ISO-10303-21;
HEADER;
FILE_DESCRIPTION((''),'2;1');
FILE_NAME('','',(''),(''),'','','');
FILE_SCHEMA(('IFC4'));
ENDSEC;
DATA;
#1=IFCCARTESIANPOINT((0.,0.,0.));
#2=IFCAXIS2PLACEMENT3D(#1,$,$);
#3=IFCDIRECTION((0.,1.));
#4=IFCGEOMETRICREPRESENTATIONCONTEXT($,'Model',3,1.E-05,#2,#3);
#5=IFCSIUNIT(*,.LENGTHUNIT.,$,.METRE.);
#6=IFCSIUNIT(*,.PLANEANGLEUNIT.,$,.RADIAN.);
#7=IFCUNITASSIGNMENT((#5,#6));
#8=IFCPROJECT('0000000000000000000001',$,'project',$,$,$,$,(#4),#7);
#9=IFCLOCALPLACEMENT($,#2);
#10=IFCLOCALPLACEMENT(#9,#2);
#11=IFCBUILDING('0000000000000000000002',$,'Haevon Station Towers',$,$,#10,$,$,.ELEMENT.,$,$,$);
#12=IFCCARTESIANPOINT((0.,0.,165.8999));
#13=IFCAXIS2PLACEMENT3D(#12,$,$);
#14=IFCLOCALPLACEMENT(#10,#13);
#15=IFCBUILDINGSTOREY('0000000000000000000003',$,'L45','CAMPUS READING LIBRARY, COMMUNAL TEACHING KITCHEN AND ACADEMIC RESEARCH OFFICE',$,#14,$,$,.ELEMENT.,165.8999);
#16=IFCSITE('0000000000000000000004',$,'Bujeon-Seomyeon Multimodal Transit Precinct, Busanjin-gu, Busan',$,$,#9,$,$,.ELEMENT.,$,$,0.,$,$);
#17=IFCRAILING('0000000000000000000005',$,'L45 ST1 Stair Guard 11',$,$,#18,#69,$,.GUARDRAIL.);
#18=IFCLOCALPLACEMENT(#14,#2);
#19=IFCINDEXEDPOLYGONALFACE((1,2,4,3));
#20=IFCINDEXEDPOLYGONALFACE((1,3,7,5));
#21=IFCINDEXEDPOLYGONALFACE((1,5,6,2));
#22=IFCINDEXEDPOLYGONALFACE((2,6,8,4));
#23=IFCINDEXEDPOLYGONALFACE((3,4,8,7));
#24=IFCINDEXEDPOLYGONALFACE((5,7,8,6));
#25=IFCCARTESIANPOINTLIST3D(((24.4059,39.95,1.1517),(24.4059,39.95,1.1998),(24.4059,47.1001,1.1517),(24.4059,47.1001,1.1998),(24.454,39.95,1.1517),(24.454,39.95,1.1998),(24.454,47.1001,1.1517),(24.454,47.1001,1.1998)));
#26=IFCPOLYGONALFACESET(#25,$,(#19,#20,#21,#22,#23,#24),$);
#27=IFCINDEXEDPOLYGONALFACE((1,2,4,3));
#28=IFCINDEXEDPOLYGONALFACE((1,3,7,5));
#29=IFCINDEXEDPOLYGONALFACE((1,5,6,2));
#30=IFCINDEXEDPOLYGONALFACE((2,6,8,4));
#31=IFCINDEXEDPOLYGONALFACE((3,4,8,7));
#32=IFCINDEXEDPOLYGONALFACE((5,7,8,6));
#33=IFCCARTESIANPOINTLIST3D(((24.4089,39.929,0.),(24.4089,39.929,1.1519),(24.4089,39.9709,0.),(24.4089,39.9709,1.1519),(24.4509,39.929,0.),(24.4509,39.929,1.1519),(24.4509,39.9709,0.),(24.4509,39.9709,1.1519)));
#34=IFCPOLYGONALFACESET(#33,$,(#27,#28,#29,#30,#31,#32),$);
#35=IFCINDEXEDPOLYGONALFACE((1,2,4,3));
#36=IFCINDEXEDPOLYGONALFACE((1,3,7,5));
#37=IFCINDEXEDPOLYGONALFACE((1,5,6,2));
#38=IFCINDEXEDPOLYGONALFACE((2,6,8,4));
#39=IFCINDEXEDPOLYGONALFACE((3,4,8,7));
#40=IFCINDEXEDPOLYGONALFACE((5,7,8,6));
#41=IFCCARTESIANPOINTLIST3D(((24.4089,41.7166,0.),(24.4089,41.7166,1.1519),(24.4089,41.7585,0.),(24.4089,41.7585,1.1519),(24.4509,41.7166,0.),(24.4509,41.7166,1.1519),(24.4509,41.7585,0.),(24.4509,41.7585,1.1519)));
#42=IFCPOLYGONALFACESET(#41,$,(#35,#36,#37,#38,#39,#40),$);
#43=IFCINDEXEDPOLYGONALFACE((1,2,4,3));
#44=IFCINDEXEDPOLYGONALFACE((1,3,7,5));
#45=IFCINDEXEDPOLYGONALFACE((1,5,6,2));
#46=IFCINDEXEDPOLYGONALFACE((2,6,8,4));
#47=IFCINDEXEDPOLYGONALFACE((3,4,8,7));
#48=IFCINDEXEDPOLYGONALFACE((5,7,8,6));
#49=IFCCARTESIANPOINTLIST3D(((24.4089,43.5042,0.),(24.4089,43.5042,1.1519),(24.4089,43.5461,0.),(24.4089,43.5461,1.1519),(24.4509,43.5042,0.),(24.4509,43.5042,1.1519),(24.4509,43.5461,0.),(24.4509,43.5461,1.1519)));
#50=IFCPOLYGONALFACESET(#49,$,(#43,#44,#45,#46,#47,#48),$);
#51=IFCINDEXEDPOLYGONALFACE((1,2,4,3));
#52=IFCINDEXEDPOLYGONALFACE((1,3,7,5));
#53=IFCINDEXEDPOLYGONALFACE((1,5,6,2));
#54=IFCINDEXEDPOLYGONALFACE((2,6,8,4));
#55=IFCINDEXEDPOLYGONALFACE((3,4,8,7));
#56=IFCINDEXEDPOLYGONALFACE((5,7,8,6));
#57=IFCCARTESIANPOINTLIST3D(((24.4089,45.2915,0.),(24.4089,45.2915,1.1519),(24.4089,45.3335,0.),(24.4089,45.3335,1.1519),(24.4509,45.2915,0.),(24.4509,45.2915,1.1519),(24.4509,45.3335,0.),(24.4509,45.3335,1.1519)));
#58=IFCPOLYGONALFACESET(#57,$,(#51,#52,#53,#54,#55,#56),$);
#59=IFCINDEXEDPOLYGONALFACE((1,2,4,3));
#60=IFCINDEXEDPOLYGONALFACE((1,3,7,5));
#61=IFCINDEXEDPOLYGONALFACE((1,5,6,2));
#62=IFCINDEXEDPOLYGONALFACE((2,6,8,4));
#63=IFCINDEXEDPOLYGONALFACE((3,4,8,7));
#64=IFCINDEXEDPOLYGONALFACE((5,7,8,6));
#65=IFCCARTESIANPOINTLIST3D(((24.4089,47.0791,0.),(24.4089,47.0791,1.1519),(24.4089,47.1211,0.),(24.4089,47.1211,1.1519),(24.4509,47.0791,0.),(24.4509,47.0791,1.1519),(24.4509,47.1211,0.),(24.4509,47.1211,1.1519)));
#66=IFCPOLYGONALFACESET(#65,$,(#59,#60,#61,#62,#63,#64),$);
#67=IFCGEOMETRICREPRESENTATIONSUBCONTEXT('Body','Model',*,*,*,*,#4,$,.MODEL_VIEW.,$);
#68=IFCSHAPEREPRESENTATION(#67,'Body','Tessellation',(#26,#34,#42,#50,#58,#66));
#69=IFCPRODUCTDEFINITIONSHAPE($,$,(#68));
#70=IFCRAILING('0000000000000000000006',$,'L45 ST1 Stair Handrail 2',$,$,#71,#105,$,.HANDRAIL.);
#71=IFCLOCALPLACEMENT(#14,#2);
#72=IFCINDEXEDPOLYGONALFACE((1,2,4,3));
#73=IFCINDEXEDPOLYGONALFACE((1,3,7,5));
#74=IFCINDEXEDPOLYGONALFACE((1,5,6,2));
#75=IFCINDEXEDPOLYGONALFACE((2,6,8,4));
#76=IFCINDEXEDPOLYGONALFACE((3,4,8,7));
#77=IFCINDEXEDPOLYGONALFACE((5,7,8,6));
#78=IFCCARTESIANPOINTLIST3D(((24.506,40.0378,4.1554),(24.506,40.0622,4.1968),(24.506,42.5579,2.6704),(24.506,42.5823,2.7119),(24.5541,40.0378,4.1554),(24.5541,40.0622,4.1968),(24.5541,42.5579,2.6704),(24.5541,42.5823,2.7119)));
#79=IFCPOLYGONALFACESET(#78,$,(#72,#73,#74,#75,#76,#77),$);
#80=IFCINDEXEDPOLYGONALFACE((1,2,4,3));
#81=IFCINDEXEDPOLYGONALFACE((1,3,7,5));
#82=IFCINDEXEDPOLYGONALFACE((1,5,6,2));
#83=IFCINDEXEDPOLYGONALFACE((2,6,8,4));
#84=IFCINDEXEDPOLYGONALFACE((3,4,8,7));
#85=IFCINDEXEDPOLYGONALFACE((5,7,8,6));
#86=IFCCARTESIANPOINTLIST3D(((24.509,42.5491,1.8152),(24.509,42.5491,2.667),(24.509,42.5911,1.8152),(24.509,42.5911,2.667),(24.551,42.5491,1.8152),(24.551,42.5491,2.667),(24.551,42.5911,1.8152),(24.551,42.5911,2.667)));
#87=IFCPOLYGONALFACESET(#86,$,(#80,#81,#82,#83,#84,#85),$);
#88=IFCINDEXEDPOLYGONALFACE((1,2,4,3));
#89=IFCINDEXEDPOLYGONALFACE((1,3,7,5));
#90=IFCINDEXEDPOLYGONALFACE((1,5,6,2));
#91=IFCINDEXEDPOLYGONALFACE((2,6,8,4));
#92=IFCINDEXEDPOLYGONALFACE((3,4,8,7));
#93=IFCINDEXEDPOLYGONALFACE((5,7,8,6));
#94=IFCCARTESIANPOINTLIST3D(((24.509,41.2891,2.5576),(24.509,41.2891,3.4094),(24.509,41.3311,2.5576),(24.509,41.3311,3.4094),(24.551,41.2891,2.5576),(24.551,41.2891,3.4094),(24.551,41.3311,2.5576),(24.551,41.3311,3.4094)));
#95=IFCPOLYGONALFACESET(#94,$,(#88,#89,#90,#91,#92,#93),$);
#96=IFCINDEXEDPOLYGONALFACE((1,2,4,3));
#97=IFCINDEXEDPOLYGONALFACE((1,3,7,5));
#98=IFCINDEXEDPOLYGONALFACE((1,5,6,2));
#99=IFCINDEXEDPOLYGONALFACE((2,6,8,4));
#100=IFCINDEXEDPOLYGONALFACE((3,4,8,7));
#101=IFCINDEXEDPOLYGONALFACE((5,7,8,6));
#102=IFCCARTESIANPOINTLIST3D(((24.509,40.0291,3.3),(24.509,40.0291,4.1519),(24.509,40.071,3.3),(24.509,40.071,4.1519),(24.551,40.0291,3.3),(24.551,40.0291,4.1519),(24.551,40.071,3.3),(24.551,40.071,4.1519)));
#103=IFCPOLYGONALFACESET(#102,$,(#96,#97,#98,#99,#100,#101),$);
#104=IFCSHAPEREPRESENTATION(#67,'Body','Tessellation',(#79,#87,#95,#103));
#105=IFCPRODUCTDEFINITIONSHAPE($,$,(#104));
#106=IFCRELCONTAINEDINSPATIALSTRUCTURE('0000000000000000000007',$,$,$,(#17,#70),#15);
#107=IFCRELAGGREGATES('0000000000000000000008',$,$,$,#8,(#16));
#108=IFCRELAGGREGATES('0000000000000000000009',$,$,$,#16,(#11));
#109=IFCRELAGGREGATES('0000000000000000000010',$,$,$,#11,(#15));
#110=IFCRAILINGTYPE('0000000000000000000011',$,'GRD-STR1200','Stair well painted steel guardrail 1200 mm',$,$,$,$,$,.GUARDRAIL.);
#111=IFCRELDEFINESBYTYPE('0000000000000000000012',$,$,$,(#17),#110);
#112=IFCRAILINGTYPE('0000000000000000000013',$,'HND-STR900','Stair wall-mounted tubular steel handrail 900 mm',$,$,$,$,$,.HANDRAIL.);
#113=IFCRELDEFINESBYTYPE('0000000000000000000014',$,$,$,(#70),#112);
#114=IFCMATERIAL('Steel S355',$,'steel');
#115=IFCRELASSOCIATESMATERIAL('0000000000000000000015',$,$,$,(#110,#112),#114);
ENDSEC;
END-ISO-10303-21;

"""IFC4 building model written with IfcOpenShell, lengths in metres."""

from ifc_helpers import new_model, si_unit, direction, frame, origin, origin_2d, place, context, subcontext, project, spatial, rectangle, extrude, material, type_object, element, save


model = new_model("IFC4")

# Units and contexts
model_context = context("Model", 3, precision=1e-05, world=origin(), true_north=direction((0.0, 1.0)))
body_context = subcontext(model_context, "Body", "Model", "MODEL_VIEW")
ifc_project = project(units=[si_unit("LENGTHUNIT", "METRE"), si_unit("PLANEANGLEUNIT", "RADIAN")], contexts=[model_context])

# Site, building, storey
site_placement = place(None, origin())
site = spatial("IfcSite", under=ifc_project, at=site_placement, Name="Bujeon-Seomyeon Multimodal Transit Precinct, Busanjin-gu, Busan", CompositionType="ELEMENT", RefElevation=0.0)
building_placement = place(site_placement, origin())
building = spatial("IfcBuilding", under=site, at=building_placement, Name="Haevon Station Towers", CompositionType="ELEMENT")
storey_placement = place(building_placement, frame((0.0, 0.0, 165.8999)))
storey = spatial("IfcBuildingStorey", under=building, at=storey_placement, Name="L45", Description="CAMPUS READING LIBRARY, COMMUNAL TEACHING KITCHEN AND ACADEMIC RESEARCH OFFICE", CompositionType="ELEMENT", Elevation=165.8999)

# Shared definitions
ifc_material_1 = material(Name="Steel S355", Category="steel")

# Railings
railing_type_1 = type_object("IfcRailingType", Name="GRD-STR1200", Description="Stair well painted steel guardrail 1200 mm", PredefinedType="GUARDRAIL", material=ifc_material_1)
railing_1_placement = place(storey_placement, frame((24.4299, 39.95, 0.0)))
element("IfcRailing", 1, at=railing_1_placement, inside=storey, type_object=railing_type_1, Name="L45 ST1 Stair Guard 11", PredefinedType="GUARDRAIL", context=body_context, shape_type="SweptSolid", body=[
    extrude(rectangle(XDim=0.0481, YDim=0.0481, at=origin_2d()), frame((0.0, 0.0, 1.1758), z_axis=(0.0, 1.0, 0.0), x_axis=(-1.0, 0.0, 0.0)), (0.0, 0.0, 1.0), 7.1501),
    extrude(rectangle(XDim=0.042, YDim=0.042, at=origin_2d()), origin(), (0.0, 0.0, 1.0), 1.1519),
    extrude(rectangle(XDim=0.042, YDim=0.042, at=origin_2d()), frame((0.0, 1.7876, 0.0)), (0.0, 0.0, 1.0), 1.1519),
    extrude(rectangle(XDim=0.042, YDim=0.042, at=origin_2d()), frame((0.0, 3.5752, 0.0)), (0.0, 0.0, 1.0), 1.1519),
    extrude(rectangle(XDim=0.042, YDim=0.042, at=origin_2d()), frame((0.0, 5.3625, 0.0)), (0.0, 0.0, 1.0), 1.1519),
    extrude(rectangle(XDim=0.042, YDim=0.042, at=origin_2d()), frame((0.0, 7.1501, 0.0)), (0.0, 0.0, 1.0), 1.1519),
])
railing_type_2 = type_object("IfcRailingType", Name="HND-STR900", Description="Stair wall-mounted tubular steel handrail 900 mm", PredefinedType="HANDRAIL", material=ifc_material_1)
railing_2_placement = place(storey_placement, frame((24.53, 42.5701, 1.8152)))
element("IfcRailing", 2, at=railing_2_placement, inside=storey, type_object=railing_type_2, Name="L45 ST1 Stair Handrail 2", PredefinedType="HANDRAIL", context=body_context, shape_type="SweptSolid", body=[
    extrude(rectangle(XDim=0.0481, YDim=0.0481, at=origin_2d()), frame((0.0, 0.0, 0.876), z_axis=(0.0, -0.861561, 0.507655), x_axis=(1.0, 0.0, 0.0)), (0.0, 0.0, 1.0), 2.925),
    extrude(rectangle(XDim=0.042, YDim=0.042, at=origin_2d()), origin(), (0.0, 0.0, 1.0), 0.8518),
    extrude(rectangle(XDim=0.042, YDim=0.042, at=origin_2d()), frame((0.0, -1.26, 0.7424)), (0.0, 0.0, 1.0), 0.8518),
    extrude(rectangle(XDim=0.042, YDim=0.042, at=origin_2d()), frame((0.0, -2.52, 1.4849)), (0.0, 0.0, 1.0), 0.8518),
])

save(model, "model.ifc")
